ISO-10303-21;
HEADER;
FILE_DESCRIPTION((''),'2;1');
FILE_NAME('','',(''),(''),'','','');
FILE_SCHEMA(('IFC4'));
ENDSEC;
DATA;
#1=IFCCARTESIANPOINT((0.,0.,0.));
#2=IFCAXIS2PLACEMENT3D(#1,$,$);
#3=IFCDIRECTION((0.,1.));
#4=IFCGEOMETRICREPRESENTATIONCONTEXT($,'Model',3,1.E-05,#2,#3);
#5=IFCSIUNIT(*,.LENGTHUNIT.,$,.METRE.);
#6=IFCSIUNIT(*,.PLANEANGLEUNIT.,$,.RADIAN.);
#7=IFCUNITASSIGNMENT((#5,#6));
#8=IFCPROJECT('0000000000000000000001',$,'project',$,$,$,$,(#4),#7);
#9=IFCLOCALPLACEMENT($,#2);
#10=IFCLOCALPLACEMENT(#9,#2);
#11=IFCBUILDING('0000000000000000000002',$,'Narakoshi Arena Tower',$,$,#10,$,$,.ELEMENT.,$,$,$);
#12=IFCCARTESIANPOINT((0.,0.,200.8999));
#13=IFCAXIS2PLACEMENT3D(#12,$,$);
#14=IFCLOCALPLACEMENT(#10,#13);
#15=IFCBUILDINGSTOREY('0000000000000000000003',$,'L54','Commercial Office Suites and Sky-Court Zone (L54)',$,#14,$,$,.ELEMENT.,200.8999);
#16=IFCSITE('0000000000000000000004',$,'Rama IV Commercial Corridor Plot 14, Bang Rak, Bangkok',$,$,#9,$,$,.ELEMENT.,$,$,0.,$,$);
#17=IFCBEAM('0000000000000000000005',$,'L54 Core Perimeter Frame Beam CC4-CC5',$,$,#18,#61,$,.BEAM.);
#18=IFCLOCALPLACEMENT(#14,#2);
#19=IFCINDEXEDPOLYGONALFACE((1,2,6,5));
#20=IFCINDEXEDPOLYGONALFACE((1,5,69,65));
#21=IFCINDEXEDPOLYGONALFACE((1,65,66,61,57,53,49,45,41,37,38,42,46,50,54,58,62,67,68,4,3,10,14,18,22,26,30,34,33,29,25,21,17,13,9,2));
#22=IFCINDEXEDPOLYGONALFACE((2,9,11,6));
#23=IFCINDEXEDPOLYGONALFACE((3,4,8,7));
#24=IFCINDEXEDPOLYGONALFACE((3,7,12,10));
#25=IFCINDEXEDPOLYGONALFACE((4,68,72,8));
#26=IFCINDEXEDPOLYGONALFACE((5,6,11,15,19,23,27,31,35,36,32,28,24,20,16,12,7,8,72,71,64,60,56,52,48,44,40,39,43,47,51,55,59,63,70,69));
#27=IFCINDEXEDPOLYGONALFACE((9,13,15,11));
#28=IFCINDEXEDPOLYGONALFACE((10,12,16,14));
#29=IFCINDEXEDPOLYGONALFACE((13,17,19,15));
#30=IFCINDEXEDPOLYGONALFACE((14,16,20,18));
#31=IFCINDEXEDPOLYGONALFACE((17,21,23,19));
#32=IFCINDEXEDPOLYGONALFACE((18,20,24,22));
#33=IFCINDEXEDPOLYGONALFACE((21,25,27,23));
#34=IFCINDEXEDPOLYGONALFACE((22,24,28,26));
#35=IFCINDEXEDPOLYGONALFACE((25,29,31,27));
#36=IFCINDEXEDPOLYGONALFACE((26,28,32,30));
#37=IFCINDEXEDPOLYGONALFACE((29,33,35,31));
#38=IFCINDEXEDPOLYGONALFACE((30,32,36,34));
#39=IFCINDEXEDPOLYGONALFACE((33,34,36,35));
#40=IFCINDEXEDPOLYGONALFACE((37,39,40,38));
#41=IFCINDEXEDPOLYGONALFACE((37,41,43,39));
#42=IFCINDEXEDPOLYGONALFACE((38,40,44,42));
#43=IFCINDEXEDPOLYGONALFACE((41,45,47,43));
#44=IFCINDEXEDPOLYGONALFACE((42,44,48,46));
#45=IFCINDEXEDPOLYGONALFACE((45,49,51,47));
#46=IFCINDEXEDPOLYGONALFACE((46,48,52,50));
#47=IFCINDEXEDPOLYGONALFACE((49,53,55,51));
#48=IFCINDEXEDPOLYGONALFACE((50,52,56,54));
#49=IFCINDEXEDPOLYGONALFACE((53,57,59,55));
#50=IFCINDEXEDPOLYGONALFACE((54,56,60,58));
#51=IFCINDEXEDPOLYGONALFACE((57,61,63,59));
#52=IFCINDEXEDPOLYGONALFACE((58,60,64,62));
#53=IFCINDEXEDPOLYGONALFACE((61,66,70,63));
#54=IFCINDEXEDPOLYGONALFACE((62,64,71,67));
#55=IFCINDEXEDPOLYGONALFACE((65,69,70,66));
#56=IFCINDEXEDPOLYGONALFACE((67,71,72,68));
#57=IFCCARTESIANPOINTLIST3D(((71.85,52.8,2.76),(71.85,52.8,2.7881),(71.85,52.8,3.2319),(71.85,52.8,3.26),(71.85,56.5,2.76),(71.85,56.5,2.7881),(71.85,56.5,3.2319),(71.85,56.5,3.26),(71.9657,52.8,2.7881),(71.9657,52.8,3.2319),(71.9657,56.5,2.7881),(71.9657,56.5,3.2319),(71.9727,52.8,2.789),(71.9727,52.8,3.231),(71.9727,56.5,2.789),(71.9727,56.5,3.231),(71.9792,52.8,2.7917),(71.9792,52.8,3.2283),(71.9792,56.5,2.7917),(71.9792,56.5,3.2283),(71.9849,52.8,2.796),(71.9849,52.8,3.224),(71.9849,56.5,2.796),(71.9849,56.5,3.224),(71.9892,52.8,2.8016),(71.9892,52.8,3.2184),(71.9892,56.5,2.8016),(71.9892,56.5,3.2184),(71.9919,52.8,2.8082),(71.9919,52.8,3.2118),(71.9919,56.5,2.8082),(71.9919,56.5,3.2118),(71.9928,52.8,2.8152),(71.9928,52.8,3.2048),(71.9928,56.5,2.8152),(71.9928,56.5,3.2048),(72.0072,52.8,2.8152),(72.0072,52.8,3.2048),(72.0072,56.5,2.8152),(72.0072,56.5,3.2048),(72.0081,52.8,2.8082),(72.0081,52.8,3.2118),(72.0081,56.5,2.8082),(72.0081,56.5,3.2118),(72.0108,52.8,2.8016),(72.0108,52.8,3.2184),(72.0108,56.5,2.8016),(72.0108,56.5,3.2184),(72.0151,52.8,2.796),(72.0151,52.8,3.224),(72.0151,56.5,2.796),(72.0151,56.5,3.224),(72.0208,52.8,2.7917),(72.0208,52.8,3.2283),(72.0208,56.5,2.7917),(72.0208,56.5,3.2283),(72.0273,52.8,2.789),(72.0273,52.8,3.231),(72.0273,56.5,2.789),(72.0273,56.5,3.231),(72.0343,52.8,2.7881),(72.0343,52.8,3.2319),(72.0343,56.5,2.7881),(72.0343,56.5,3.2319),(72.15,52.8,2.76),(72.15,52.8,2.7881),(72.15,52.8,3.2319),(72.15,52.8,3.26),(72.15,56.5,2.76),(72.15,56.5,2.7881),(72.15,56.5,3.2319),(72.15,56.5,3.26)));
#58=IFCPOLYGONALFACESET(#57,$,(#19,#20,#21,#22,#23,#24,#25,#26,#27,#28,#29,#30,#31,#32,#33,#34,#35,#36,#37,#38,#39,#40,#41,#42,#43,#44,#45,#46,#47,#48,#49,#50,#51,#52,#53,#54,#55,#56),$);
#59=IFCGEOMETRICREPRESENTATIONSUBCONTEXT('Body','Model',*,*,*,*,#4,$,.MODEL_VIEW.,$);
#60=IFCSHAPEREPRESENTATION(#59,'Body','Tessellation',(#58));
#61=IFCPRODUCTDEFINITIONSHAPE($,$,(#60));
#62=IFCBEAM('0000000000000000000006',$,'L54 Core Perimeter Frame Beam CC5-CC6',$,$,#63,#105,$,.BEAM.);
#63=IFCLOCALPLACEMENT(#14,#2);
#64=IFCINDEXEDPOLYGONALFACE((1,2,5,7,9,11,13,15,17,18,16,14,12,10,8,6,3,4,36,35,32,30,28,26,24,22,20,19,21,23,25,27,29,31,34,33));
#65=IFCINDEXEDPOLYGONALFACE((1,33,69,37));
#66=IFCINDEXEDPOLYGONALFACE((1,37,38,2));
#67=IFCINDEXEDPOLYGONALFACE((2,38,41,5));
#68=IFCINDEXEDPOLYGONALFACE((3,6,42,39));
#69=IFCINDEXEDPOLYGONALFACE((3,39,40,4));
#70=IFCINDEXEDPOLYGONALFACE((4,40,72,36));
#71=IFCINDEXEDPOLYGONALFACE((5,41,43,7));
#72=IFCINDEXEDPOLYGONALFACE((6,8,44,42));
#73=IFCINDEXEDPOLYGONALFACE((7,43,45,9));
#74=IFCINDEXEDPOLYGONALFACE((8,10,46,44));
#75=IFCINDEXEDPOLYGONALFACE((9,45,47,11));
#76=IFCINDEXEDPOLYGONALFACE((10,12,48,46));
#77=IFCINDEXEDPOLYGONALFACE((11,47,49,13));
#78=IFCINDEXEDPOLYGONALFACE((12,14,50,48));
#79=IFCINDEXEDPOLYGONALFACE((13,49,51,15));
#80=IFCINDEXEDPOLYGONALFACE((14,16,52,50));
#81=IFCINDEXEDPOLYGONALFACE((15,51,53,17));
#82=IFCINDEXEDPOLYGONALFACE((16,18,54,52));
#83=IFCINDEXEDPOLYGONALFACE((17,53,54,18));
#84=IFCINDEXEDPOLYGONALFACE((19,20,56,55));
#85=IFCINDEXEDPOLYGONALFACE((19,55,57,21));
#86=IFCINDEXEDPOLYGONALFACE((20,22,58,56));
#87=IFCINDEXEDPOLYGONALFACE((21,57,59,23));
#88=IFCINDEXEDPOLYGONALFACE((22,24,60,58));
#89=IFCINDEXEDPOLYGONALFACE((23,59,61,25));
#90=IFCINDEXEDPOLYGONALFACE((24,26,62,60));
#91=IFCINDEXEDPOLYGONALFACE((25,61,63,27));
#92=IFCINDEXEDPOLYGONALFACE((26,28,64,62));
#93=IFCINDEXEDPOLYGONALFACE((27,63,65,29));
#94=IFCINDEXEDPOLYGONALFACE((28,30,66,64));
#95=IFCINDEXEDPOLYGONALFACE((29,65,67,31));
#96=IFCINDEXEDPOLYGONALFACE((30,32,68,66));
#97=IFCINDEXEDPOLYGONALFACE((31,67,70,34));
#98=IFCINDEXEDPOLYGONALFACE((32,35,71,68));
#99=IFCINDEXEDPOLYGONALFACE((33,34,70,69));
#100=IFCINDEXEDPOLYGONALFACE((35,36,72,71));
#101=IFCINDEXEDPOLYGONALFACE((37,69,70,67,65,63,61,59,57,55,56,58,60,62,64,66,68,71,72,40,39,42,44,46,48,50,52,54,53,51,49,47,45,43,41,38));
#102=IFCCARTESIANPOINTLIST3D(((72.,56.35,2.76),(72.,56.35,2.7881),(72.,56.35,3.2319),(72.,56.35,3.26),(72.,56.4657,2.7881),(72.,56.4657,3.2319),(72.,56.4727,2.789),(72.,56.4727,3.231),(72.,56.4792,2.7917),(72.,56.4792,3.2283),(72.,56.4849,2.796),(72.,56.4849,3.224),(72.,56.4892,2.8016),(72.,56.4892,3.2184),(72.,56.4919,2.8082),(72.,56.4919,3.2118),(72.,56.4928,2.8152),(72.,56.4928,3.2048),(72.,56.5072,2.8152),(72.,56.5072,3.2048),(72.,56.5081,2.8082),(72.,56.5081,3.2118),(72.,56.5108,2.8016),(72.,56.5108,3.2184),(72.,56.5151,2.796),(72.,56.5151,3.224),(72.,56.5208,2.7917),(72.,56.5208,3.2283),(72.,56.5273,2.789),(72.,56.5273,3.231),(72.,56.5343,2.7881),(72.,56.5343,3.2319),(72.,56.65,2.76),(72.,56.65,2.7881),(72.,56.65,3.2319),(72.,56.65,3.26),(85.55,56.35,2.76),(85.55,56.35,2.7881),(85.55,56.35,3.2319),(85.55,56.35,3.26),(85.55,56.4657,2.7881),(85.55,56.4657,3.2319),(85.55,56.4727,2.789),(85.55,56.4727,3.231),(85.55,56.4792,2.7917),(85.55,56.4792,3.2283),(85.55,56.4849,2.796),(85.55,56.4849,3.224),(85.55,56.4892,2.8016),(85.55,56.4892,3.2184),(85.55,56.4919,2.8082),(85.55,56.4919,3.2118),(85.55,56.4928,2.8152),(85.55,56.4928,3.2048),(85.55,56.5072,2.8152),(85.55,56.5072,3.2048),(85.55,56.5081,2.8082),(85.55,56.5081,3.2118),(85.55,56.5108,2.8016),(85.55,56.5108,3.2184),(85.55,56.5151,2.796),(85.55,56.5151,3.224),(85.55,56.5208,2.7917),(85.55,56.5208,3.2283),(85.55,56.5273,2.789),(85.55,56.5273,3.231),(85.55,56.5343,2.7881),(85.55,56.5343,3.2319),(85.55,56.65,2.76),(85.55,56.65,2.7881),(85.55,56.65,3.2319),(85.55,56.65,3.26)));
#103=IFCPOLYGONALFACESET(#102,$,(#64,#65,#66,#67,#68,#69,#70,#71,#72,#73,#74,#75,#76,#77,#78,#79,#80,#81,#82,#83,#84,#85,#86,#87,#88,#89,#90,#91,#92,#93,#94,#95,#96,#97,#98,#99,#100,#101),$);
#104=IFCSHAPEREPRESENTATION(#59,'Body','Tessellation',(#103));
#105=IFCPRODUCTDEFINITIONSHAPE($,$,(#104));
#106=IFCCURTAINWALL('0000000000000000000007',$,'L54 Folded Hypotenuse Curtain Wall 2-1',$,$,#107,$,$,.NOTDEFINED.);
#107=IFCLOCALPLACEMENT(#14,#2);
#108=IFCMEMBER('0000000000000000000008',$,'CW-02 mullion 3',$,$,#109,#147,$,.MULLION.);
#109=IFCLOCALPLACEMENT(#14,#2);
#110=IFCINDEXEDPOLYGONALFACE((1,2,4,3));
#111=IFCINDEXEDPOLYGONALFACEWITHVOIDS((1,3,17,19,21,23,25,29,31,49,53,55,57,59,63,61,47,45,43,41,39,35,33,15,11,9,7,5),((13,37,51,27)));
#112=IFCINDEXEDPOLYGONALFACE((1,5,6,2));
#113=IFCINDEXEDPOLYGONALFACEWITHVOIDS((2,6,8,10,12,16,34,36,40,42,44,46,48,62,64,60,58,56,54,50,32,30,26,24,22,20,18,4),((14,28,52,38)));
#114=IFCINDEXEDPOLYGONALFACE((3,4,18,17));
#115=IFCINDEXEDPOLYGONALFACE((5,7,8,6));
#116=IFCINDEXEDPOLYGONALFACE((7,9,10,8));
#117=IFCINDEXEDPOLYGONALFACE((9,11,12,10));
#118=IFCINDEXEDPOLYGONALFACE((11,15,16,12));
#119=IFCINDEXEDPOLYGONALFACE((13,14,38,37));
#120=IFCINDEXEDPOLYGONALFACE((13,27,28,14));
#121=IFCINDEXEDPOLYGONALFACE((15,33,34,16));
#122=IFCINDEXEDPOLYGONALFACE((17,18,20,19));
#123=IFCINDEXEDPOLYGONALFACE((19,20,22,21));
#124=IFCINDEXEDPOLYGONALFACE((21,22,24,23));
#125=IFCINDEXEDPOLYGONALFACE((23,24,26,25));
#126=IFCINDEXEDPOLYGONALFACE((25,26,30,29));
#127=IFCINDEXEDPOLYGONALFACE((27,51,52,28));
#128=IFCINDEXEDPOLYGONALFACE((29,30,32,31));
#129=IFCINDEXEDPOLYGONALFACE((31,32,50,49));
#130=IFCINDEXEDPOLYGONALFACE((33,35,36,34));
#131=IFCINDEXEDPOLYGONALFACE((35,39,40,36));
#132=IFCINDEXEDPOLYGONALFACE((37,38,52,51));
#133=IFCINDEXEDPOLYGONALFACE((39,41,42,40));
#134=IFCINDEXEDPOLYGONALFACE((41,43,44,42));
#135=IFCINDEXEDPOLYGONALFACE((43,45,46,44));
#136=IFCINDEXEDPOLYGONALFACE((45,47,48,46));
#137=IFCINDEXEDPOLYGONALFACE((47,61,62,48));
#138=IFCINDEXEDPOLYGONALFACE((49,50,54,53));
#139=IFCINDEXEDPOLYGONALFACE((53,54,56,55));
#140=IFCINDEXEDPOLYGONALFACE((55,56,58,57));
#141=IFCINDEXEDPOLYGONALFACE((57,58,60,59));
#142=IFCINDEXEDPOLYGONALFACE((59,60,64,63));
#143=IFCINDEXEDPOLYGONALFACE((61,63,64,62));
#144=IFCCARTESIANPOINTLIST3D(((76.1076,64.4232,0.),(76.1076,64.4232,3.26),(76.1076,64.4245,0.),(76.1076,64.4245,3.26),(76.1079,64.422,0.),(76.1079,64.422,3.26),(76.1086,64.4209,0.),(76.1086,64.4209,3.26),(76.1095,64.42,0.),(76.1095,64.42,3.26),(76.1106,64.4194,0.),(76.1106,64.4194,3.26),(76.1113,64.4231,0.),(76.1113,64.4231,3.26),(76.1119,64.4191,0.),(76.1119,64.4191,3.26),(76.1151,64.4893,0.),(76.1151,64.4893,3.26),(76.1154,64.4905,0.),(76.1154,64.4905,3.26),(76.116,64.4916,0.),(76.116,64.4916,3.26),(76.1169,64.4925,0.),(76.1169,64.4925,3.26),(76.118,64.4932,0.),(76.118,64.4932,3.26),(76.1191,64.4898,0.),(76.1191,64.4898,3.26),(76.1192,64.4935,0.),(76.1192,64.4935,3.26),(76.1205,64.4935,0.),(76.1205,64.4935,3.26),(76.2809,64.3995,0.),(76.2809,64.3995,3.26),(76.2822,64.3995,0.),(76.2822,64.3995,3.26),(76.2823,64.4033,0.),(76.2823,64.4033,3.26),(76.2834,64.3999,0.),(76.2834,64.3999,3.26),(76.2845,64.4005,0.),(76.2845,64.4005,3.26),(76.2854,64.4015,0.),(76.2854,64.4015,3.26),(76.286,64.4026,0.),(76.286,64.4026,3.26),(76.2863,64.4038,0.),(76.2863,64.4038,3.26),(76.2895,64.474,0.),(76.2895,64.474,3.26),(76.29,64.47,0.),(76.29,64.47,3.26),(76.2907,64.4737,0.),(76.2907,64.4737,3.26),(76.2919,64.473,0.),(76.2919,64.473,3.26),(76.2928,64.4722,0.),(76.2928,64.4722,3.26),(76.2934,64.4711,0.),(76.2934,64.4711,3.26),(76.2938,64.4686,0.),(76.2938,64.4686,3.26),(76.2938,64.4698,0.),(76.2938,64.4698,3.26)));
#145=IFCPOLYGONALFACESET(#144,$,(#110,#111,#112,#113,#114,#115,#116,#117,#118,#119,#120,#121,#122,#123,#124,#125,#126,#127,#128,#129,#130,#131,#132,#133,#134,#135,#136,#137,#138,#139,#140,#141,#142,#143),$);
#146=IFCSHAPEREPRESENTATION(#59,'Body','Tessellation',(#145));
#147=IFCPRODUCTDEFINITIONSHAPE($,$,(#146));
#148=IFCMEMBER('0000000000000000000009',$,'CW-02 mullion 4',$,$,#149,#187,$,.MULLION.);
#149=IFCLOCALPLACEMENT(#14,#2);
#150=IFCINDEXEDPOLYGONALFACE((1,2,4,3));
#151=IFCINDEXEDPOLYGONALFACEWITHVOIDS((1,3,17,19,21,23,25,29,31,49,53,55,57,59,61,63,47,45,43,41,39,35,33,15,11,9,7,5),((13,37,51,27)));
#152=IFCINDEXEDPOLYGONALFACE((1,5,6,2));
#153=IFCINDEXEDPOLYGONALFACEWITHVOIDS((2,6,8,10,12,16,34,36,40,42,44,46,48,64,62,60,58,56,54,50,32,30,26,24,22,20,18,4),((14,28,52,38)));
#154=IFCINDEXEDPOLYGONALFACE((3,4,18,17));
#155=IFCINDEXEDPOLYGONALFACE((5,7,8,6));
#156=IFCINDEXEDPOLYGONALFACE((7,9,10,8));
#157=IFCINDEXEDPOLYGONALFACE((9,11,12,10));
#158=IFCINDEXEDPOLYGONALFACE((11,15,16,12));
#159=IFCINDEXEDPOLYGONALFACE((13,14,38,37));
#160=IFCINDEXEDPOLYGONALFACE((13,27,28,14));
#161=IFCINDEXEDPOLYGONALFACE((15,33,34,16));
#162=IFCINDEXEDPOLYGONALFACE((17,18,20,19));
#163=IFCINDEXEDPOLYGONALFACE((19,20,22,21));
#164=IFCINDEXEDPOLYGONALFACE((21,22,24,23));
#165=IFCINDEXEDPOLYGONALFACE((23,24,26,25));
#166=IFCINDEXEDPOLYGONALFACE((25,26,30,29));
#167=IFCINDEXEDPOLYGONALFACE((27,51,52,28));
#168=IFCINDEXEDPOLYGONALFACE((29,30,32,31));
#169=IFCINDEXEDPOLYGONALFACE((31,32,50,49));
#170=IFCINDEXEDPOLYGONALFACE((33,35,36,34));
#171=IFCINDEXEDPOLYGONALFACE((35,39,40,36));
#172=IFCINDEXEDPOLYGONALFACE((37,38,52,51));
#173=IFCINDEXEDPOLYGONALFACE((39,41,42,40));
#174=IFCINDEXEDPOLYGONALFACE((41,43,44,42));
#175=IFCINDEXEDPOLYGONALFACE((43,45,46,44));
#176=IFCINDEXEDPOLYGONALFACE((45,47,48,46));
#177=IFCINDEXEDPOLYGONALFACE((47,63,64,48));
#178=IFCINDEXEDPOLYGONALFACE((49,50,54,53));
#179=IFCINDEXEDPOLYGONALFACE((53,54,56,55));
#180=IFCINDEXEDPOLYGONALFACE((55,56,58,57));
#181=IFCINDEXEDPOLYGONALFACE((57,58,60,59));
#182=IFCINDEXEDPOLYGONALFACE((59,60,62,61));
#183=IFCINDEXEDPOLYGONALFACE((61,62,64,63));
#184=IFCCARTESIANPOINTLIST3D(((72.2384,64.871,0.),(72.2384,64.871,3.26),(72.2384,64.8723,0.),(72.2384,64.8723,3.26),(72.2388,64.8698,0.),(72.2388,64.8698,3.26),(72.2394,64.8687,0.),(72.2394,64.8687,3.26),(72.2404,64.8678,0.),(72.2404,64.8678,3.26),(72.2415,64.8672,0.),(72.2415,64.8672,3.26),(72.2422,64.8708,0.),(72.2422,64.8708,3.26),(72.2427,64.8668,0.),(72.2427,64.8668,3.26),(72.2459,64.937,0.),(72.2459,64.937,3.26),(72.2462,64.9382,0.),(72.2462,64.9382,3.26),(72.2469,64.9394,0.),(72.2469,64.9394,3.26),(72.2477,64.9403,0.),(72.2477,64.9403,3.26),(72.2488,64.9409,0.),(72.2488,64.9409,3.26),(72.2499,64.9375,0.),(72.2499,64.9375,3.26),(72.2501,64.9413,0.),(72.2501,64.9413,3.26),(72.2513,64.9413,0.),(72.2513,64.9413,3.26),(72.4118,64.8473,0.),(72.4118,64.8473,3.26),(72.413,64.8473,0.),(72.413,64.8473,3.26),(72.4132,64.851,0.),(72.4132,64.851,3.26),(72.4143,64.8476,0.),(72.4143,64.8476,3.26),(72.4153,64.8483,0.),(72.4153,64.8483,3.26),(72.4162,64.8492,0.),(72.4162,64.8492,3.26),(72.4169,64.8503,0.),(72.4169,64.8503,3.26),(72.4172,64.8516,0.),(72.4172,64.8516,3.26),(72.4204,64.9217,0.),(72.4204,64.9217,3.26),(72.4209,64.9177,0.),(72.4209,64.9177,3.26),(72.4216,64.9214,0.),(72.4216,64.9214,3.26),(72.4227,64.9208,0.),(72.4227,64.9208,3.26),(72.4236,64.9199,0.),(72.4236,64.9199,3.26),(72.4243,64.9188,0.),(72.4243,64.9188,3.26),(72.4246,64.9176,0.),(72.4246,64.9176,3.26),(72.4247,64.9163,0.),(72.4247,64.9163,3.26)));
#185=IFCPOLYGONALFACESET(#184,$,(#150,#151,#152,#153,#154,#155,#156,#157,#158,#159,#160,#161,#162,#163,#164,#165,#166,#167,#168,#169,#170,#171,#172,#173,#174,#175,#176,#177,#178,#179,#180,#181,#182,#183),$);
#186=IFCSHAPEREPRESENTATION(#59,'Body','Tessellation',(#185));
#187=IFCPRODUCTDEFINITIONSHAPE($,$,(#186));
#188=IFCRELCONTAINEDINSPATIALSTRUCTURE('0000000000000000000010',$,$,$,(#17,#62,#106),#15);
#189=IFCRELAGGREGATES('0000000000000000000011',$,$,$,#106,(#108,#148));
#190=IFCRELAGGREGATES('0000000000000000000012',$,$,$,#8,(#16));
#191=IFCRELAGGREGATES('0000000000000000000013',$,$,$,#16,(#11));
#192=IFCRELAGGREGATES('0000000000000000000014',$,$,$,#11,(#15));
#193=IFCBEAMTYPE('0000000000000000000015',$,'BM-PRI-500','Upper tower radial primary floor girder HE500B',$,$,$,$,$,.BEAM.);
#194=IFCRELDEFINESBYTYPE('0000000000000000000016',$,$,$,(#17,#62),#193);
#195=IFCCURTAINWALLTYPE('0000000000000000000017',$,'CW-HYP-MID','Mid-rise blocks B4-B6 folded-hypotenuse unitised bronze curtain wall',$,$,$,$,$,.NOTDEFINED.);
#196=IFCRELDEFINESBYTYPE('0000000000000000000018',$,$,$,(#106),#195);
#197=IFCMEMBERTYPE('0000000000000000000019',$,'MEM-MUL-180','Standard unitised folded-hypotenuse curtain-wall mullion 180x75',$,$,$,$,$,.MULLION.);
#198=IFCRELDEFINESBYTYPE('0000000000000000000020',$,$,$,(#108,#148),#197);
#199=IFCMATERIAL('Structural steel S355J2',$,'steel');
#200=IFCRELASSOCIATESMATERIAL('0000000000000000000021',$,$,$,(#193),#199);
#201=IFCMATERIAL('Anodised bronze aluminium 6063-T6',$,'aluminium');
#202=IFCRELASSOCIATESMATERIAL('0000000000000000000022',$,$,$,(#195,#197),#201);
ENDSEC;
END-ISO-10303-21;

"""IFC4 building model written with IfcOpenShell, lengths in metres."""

from ifc_helpers import new_model, si_unit, direction, frame, origin, origin_2d, place, context, subcontext, project, spatial, hollow_rectangle, i_section, extrude, material, material_profile, profile_set, type_object, element, aggregate, save


model = new_model("IFC4")

# Units and contexts
model_context = context("Model", 3, precision=1e-05, world=origin(), true_north=direction((0.0, 1.0)))
body_context = subcontext(model_context, "Body", "Model", "MODEL_VIEW")
ifc_project = project(units=[si_unit("LENGTHUNIT", "METRE"), si_unit("PLANEANGLEUNIT", "RADIAN")], contexts=[model_context])

# Site, building, storey
site_placement = place(None, origin())
site = spatial("IfcSite", under=ifc_project, at=site_placement, Name="Rama IV Commercial Corridor Plot 14, Bang Rak, Bangkok", CompositionType="ELEMENT", RefElevation=0.0)
building_placement = place(site_placement, origin())
building = spatial("IfcBuilding", under=site, at=building_placement, Name="Narakoshi Arena Tower", CompositionType="ELEMENT")
storey_placement = place(building_placement, frame((0.0, 0.0, 200.8999)))
storey = spatial("IfcBuildingStorey", under=building, at=storey_placement, Name="L54", Description="Commercial Office Suites and Sky-Court Zone (L54)", CompositionType="ELEMENT", Elevation=200.8999)

# Beams
ifc_material_1 = material(Name="Structural steel S355J2", Category="steel")
ifc_material_profile_1 = material_profile(ifc_material_1, i_section(OverallWidth=0.3, OverallDepth=0.5, WebThickness=0.0144, FlangeThickness=0.0281, FilletRadius=0.0271, at=origin_2d()), Name="HE500B")
ifc_profile_set_1 = profile_set([ifc_material_profile_1], Name="Structural steel S355J2")
beam_type = type_object("IfcBeamType", Name="BM-PRI-500", Description="Upper tower radial primary floor girder HE500B", PredefinedType="BEAM", material=ifc_profile_set_1)
beam_1_placement = place(storey_placement, frame((72.0, 52.8, 3.01), z_axis=(0.0, 1.0, 0.0), x_axis=(-1.0, 0.0, 0.0)))
element("IfcBeam", 1, at=beam_1_placement, inside=storey, type_object=beam_type, Name="L54 Core Perimeter Frame Beam CC4-CC5", PredefinedType="BEAM", context=body_context, shape_type="SweptSolid", body=[
    extrude(i_section(OverallWidth=0.3, OverallDepth=0.5, WebThickness=0.0144, FlangeThickness=0.0281, FilletRadius=0.0271, at=origin_2d()), origin(), (0.0, 0.0, 1.0), 3.7),
])
beam_2_placement = place(storey_placement, frame((72.0, 56.5, 3.01), z_axis=(1.0, 0.0, 0.0), x_axis=(0.0, 1.0, 0.0)))
element("IfcBeam", 2, at=beam_2_placement, inside=storey, type_object=beam_type, Name="L54 Core Perimeter Frame Beam CC5-CC6", PredefinedType="BEAM", context=body_context, shape_type="SweptSolid", body=[
    extrude(i_section(OverallWidth=0.3, OverallDepth=0.5, WebThickness=0.0144, FlangeThickness=0.0281, FilletRadius=0.0271, at=origin_2d()), origin(), (0.0, 0.0, 1.0), 13.55),
])

# Curtain wall, members
ifc_material_2 = material(Name="Anodised bronze aluminium 6063-T6", Category="aluminium")
curtain_wall_type = type_object("IfcCurtainWallType", Name="CW-HYP-MID", Description="Mid-rise blocks B4-B6 folded-hypotenuse unitised bronze curtain wall", PredefinedType="NOTDEFINED", material=ifc_material_2)
curtain_wall_placement = place(storey_placement, origin())
curtain_wall = element("IfcCurtainWall", 3, at=curtain_wall_placement, inside=storey, type_object=curtain_wall_type, Name="L54 Folded Hypotenuse Curtain Wall 2-1", PredefinedType="NOTDEFINED")
ifc_material_profile_2 = material_profile(ifc_material_2, hollow_rectangle(XDim=0.075, YDim=0.1799, WallThickness=0.0039, OuterFilletRadius=0.0049, at=origin_2d()), Name="MUL180x75x4")
ifc_profile_set_2 = profile_set([ifc_material_profile_2], Name="Anodised bronze aluminium 6063-T6")
member_type_1 = type_object("IfcMemberType", Name="MEM-MUL-180", Description="Standard unitised folded-hypotenuse curtain-wall mullion 180x75", PredefinedType="MULLION", material=ifc_profile_set_2)
member_1_placement = place(storey_placement, frame((76.2007, 64.4465, 0.0), z_axis=(0.0, 0.0, 1.0), x_axis=(-0.115011, -0.993364, 0.0)))
member_1 = element("IfcMember", 4, at=member_1_placement, type_object=member_type_1, Name="CW-02 mullion 3", PredefinedType="MULLION", context=body_context, shape_type="SweptSolid", body=[
    extrude(hollow_rectangle(XDim=0.075, YDim=0.1799, WallThickness=0.0039, OuterFilletRadius=0.0049, at=origin_2d()), origin(), (0.0, 0.0, 1.0), 3.26),
])
member_2_placement = place(storey_placement, frame((72.3315, 64.8943, 0.0), z_axis=(0.0, 0.0, 1.0), x_axis=(-0.115011, -0.993364, 0.0)))
member_2 = element("IfcMember", 5, at=member_2_placement, type_object=member_type_1, Name="CW-02 mullion 4", PredefinedType="MULLION", context=body_context, shape_type="SweptSolid", body=[
    extrude(hollow_rectangle(XDim=0.075, YDim=0.1799, WallThickness=0.0039, OuterFilletRadius=0.0049, at=origin_2d()), origin(), (0.0, 0.0, 1.0), 3.26),
])
aggregate(curtain_wall, [member_1, member_2])

save(model, "model.ifc")
